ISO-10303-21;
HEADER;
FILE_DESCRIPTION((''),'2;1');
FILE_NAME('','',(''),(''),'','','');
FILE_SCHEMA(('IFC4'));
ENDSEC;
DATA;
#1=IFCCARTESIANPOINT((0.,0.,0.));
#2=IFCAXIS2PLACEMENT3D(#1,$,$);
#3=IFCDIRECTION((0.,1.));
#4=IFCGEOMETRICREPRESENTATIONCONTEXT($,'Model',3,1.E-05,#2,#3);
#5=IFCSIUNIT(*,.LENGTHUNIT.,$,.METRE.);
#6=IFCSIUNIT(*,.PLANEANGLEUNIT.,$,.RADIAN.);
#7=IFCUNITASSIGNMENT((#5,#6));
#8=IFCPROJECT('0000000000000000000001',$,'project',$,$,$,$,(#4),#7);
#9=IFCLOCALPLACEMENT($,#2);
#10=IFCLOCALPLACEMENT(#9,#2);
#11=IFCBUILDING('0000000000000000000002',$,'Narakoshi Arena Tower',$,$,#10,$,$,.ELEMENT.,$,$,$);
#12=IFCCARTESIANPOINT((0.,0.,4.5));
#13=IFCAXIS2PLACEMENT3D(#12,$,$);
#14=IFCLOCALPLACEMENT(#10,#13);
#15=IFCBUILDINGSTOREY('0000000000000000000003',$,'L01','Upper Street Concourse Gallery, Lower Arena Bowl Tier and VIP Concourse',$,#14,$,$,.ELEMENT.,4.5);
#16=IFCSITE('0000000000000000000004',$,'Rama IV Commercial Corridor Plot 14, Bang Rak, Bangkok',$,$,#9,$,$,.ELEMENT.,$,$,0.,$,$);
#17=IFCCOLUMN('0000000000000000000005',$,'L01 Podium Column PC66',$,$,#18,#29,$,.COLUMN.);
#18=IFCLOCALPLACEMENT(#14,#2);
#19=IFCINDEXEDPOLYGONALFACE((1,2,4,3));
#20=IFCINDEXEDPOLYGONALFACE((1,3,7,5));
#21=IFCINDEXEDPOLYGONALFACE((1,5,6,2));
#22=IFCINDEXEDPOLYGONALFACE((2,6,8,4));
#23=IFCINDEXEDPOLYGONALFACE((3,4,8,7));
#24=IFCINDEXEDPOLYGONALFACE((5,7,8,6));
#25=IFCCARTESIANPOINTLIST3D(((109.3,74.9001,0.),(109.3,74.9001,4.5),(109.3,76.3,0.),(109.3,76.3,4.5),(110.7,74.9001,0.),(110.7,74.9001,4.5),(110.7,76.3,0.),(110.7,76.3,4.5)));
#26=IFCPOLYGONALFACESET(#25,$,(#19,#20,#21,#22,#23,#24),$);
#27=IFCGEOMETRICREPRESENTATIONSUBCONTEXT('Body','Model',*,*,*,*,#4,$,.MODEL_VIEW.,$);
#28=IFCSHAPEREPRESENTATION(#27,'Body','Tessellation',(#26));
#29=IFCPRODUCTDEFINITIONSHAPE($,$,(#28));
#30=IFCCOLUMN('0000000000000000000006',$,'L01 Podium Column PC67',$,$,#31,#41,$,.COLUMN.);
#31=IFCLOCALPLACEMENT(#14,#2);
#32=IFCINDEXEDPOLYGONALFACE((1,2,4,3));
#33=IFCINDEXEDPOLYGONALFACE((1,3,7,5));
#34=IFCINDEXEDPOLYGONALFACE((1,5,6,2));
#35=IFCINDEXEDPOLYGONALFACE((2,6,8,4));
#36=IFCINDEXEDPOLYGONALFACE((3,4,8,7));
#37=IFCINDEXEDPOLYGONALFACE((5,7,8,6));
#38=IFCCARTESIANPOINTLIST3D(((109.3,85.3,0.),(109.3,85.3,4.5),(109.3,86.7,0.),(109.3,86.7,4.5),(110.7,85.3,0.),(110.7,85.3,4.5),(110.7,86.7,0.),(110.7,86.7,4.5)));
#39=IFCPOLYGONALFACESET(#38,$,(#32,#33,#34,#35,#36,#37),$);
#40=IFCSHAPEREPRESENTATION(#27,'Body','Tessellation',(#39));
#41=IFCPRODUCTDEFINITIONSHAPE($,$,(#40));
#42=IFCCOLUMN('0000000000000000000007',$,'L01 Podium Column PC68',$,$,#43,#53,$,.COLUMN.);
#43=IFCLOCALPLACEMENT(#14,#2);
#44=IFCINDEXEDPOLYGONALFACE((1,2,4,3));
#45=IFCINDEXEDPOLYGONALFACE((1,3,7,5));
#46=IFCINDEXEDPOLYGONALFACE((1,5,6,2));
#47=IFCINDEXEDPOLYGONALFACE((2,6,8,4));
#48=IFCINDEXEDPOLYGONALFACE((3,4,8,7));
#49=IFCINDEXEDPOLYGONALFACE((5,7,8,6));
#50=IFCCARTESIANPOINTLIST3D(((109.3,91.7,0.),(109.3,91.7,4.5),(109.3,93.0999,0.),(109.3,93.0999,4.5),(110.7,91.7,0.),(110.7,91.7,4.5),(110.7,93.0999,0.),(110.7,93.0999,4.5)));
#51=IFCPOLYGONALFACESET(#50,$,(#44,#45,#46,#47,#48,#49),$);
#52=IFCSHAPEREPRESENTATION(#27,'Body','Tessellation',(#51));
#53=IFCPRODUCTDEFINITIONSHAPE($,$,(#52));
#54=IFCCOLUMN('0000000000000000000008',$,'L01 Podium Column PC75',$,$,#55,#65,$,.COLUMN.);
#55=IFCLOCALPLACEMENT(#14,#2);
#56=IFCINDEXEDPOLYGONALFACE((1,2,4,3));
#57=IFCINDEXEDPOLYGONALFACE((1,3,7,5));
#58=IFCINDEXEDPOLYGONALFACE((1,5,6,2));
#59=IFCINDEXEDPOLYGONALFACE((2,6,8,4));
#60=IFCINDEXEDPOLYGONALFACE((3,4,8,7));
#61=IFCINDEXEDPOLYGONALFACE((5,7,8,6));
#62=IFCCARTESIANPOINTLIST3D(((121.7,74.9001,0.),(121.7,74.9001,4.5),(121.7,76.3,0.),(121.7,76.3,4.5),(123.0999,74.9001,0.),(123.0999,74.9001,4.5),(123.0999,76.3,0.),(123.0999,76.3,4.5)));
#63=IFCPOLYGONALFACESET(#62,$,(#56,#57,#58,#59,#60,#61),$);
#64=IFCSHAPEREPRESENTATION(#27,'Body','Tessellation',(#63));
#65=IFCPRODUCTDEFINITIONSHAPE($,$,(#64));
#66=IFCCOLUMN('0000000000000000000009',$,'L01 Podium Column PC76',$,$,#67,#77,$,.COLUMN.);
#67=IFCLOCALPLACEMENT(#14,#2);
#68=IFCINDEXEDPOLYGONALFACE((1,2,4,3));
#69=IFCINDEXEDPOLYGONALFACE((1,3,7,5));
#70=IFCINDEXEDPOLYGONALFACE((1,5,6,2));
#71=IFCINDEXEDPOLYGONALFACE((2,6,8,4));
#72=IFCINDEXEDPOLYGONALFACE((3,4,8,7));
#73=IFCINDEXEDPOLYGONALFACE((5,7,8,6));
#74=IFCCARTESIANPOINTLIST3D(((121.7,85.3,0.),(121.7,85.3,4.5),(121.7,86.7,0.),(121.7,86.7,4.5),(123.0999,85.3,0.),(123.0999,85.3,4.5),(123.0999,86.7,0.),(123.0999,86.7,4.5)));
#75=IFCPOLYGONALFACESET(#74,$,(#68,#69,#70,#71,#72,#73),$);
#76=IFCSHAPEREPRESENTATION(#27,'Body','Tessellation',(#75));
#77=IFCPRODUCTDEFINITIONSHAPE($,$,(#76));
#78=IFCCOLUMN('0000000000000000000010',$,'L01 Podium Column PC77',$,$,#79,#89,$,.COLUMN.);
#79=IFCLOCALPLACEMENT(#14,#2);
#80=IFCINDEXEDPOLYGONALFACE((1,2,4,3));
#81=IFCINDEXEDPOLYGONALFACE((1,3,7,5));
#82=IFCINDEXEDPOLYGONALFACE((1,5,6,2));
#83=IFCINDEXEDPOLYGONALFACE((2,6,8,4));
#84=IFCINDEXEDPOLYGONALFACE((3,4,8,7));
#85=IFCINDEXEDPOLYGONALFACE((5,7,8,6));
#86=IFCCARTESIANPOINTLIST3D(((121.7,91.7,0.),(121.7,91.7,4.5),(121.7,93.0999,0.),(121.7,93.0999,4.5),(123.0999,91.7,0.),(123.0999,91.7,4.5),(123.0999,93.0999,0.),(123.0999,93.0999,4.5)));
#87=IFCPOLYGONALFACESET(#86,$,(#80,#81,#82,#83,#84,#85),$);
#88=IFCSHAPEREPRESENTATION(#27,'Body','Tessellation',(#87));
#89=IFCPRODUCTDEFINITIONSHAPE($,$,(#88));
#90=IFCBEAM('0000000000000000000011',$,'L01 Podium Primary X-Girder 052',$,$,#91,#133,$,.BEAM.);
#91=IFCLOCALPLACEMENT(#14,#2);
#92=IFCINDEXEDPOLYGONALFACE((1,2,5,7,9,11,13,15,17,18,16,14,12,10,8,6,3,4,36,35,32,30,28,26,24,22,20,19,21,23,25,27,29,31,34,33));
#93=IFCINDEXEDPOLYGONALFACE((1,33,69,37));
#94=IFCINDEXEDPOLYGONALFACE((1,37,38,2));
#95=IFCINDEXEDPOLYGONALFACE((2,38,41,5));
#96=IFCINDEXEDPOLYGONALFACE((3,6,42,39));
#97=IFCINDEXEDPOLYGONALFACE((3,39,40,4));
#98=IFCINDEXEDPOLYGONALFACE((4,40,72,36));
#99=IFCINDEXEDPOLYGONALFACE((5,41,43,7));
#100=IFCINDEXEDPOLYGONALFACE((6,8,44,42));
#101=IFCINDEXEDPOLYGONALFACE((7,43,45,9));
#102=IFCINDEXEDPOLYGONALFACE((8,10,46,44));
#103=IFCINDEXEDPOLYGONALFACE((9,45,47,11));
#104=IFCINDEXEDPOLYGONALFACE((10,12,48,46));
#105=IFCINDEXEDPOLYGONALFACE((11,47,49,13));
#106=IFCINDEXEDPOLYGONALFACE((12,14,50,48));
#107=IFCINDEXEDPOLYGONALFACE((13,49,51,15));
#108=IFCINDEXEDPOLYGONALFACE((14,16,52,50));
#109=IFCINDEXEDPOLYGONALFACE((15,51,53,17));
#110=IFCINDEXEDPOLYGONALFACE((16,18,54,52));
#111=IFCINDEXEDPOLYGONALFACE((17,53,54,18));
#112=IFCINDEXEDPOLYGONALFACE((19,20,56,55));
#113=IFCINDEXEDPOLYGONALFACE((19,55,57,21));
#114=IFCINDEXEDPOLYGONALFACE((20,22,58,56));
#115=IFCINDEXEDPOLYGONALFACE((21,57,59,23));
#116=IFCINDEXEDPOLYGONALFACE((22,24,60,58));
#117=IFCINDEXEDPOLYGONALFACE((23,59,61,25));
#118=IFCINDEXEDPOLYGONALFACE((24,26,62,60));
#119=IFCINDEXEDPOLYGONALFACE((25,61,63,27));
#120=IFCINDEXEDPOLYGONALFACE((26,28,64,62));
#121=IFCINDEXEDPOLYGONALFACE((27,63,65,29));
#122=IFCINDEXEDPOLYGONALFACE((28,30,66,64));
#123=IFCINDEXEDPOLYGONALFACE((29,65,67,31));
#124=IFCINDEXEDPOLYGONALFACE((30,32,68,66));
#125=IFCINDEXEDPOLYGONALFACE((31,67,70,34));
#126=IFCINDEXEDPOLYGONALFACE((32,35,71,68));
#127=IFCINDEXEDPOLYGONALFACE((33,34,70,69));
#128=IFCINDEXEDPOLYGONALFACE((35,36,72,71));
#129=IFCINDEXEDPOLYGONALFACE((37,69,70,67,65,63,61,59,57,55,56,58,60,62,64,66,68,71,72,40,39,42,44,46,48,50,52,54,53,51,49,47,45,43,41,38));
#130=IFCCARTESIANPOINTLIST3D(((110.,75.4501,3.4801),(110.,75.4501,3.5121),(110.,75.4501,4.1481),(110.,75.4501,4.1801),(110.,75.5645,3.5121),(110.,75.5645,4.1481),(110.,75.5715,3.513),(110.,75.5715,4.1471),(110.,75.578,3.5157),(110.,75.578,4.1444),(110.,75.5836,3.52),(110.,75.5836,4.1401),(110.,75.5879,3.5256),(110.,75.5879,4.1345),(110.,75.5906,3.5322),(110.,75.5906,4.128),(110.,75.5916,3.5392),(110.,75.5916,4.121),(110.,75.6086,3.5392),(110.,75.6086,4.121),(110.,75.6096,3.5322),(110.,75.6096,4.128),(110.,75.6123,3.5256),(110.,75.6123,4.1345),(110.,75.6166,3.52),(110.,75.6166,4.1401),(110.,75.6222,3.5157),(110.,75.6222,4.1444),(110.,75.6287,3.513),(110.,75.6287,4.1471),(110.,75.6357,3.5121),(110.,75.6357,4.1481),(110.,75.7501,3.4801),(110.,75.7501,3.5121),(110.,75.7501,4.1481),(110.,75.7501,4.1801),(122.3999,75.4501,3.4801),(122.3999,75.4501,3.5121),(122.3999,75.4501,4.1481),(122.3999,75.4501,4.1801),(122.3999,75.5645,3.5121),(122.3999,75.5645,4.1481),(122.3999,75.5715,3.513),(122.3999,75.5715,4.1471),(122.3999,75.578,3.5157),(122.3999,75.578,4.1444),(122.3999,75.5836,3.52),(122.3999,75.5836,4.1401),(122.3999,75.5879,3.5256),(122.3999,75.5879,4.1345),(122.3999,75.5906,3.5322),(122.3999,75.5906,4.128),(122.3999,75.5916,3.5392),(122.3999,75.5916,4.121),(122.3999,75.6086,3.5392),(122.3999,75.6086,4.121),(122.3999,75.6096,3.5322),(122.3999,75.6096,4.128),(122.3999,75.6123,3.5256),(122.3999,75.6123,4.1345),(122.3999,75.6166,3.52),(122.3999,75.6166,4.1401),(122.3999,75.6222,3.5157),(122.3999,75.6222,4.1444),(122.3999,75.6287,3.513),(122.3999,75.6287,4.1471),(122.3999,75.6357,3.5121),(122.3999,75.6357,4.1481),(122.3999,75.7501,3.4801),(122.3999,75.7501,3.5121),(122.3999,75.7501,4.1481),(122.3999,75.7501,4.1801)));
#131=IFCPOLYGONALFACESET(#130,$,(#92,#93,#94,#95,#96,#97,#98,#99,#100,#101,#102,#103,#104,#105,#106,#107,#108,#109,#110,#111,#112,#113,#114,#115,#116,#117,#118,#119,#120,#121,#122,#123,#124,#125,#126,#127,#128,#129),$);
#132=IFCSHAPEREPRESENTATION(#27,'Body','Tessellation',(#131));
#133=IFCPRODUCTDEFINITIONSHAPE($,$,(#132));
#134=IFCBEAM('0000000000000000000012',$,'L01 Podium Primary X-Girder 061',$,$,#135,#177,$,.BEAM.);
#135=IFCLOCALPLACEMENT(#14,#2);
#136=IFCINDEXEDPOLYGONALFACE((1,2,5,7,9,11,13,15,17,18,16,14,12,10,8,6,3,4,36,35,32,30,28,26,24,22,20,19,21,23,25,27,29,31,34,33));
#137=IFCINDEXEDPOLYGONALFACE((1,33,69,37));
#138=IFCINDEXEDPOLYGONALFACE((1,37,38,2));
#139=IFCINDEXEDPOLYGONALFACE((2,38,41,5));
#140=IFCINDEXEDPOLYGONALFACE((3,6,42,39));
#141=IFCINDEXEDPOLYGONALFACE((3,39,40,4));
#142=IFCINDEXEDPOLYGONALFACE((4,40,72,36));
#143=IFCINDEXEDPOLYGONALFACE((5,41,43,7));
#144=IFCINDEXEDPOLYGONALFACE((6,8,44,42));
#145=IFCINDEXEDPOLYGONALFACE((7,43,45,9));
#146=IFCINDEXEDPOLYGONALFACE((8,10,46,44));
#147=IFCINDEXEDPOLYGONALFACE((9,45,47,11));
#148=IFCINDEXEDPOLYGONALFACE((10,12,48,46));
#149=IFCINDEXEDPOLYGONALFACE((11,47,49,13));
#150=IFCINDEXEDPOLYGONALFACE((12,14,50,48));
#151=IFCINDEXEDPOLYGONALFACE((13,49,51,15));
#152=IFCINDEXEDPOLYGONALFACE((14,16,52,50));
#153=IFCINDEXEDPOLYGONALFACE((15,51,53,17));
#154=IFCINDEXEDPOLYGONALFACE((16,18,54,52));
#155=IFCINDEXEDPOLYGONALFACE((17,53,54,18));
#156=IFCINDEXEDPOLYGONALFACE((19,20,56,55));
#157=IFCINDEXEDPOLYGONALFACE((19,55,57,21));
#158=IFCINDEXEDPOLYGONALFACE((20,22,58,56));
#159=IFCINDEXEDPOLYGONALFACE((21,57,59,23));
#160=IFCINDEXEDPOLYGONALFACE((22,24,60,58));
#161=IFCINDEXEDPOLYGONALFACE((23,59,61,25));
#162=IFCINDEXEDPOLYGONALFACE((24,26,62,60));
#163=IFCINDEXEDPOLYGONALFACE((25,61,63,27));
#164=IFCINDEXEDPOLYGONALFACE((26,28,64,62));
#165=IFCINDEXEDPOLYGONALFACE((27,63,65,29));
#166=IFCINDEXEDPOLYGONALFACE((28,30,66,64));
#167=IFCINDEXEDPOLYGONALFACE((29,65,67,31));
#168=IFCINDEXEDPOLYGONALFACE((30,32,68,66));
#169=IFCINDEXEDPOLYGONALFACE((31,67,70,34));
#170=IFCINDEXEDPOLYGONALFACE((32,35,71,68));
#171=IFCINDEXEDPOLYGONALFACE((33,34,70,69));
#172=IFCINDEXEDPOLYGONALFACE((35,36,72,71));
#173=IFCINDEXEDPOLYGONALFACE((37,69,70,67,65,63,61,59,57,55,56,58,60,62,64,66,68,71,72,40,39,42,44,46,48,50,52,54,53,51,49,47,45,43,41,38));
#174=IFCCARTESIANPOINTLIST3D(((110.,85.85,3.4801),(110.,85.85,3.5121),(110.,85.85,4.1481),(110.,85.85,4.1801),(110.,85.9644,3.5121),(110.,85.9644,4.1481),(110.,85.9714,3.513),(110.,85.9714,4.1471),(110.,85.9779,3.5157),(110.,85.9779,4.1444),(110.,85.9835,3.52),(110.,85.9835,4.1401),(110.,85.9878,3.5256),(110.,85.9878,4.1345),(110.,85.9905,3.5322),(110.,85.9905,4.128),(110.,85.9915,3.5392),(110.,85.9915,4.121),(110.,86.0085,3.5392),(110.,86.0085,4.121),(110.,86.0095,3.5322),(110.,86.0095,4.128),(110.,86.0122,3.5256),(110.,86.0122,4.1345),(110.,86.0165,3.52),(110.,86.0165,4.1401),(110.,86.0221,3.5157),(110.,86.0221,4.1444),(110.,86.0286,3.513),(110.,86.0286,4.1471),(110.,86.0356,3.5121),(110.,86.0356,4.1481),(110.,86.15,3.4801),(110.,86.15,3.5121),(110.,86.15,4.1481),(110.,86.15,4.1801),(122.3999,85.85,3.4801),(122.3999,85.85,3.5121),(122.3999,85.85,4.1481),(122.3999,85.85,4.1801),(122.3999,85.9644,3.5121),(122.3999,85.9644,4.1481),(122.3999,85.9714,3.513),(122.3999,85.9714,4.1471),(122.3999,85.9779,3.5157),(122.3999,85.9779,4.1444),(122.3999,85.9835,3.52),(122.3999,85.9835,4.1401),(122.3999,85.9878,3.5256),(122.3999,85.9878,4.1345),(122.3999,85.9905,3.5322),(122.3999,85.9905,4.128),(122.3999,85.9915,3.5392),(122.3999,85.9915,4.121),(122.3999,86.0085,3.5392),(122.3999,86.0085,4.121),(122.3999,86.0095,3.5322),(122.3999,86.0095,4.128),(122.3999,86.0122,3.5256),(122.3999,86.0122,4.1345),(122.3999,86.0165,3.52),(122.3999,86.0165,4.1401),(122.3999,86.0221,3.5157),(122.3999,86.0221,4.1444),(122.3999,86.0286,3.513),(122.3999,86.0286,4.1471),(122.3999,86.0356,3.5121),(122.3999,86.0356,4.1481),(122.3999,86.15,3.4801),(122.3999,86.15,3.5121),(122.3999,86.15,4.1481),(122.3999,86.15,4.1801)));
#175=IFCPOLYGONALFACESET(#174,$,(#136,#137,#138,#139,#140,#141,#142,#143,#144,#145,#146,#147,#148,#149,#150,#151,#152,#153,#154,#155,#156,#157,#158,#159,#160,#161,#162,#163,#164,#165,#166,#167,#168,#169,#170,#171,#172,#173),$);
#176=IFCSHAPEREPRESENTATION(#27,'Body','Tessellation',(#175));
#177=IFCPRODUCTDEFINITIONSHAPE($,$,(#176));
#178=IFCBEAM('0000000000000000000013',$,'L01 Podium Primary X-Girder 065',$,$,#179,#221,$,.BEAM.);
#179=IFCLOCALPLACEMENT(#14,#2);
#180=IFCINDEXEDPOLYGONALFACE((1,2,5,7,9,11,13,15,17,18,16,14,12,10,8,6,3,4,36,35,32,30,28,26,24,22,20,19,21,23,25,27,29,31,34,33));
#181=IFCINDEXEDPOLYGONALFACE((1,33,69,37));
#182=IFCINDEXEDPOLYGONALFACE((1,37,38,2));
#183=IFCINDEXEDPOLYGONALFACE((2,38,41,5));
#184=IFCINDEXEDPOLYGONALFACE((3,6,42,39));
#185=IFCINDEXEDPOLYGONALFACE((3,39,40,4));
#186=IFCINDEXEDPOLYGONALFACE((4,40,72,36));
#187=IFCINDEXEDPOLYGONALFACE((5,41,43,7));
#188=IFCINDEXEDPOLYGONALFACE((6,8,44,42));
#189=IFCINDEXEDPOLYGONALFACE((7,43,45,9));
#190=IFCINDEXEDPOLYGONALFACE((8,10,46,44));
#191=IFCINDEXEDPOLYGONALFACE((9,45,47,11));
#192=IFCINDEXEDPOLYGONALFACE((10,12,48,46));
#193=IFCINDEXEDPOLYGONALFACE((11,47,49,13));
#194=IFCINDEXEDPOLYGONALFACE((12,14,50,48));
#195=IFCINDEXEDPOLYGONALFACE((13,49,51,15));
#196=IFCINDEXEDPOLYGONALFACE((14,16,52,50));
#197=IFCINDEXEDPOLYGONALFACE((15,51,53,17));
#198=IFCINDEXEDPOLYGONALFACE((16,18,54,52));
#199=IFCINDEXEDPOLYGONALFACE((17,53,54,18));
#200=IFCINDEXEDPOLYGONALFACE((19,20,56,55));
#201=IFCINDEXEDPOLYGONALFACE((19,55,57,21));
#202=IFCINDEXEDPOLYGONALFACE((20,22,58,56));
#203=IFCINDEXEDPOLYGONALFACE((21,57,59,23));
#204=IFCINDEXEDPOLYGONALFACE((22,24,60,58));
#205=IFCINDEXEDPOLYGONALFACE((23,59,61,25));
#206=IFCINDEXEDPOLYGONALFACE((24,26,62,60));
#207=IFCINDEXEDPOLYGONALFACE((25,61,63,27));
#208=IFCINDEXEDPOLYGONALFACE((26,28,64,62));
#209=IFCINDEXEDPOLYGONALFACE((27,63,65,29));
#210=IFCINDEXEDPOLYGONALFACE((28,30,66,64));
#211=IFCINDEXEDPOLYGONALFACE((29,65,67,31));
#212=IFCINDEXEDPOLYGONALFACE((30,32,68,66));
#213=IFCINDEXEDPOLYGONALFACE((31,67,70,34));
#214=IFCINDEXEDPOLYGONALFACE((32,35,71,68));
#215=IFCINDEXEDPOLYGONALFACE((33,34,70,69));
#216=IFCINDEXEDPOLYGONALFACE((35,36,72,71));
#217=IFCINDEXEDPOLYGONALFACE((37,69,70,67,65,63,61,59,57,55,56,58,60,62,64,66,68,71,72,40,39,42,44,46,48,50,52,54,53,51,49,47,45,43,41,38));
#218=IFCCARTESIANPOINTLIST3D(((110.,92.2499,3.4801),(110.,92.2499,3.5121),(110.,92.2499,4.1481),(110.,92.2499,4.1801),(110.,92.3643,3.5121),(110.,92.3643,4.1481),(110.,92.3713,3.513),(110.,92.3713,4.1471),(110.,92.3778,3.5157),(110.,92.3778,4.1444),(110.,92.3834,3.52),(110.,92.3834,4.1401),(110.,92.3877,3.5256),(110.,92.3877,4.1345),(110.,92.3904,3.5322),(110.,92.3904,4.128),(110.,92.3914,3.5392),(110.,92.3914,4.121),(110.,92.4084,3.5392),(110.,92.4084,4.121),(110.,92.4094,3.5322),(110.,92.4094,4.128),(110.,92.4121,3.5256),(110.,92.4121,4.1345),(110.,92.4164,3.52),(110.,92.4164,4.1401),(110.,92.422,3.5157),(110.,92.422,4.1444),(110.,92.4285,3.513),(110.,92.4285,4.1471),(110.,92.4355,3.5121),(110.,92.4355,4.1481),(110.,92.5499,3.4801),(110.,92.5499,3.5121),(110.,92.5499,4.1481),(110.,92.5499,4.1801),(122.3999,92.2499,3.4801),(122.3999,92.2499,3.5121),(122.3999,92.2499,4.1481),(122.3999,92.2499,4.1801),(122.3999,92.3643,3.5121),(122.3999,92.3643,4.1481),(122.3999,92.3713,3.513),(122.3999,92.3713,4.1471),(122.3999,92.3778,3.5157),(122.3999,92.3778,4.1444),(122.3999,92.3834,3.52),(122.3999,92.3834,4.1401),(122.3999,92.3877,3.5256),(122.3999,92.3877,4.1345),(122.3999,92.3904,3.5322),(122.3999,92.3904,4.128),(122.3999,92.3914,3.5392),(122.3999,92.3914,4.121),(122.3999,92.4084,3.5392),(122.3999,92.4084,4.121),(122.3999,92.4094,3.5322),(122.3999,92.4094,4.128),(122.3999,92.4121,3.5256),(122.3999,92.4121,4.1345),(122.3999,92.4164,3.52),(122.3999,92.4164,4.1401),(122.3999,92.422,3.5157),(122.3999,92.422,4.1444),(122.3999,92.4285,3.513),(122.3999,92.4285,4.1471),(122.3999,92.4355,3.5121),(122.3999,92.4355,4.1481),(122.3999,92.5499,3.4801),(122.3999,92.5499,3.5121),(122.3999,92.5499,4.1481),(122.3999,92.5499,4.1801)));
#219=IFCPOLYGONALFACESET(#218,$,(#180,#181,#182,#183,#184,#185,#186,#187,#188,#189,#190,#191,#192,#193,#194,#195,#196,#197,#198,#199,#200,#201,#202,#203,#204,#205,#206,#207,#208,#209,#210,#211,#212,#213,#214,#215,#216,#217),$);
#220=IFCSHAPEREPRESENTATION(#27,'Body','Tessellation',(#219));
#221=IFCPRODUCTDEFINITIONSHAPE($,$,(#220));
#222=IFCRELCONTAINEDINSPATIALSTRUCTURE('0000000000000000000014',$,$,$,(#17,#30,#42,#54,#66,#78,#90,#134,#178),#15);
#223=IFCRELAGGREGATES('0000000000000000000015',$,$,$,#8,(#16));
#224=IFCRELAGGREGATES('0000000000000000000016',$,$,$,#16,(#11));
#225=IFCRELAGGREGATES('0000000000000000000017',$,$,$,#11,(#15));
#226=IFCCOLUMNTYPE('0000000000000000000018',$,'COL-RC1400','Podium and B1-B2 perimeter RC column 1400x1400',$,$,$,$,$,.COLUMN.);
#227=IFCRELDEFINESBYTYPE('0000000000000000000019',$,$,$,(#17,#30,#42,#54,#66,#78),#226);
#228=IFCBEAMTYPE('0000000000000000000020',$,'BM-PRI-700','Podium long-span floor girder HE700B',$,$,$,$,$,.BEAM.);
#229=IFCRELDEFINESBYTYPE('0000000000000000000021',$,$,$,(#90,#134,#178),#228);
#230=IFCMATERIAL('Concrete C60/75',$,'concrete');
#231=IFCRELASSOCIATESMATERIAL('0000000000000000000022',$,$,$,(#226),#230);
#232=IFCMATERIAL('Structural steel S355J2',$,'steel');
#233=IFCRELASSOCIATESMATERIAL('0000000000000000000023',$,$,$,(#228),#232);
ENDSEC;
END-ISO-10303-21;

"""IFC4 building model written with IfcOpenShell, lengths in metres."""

from ifc_helpers import new_model, si_unit, direction, frame, origin, origin_2d, place, context, subcontext, project, spatial, rectangle, i_section, extrude, material, material_profile, profile_set, type_object, element, save


model = new_model("IFC4")

# Units and contexts
model_context = context("Model", 3, precision=1e-05, world=origin(), true_north=direction((0.0, 1.0)))
body_context = subcontext(model_context, "Body", "Model", "MODEL_VIEW")
ifc_project = project(units=[si_unit("LENGTHUNIT", "METRE"), si_unit("PLANEANGLEUNIT", "RADIAN")], contexts=[model_context])

# Site, building, storey
site_placement = place(None, origin())
site = spatial("IfcSite", under=ifc_project, at=site_placement, Name="Rama IV Commercial Corridor Plot 14, Bang Rak, Bangkok", CompositionType="ELEMENT", RefElevation=0.0)
building_placement = place(site_placement, origin())
building = spatial("IfcBuilding", under=site, at=building_placement, Name="Narakoshi Arena Tower", CompositionType="ELEMENT")
storey_placement = place(building_placement, frame((0.0, 0.0, 4.5)))
storey = spatial("IfcBuildingStorey", under=building, at=storey_placement, Name="L01", Description="Upper Street Concourse Gallery, Lower Arena Bowl Tier and VIP Concourse", CompositionType="ELEMENT", Elevation=4.5)

# Columns
ifc_material_1 = material(Name="Concrete C60/75", Category="concrete")
ifc_material_profile_1 = material_profile(ifc_material_1, rectangle(XDim=1.3999, YDim=1.3999, at=origin_2d()), Name="RC1400x1400")
ifc_profile_set_1 = profile_set([ifc_material_profile_1], Name="Concrete C60/75")
column_type = type_object("IfcColumnType", Name="COL-RC1400", Description="Podium and B1-B2 perimeter RC column 1400x1400", PredefinedType="COLUMN", material=ifc_profile_set_1)
for number, where, z_axis, x_axis, name in (
    (1, (110.0, 75.6001, 0.0), (0.0, 0.0, 1.0), (1.0, 0.0, 0.0), "L01 Podium Column PC66"),
    (2, (110.0, 86.0, 0.0), (0.0, 0.0, 1.0), (1.0, 0.0, 0.0), "L01 Podium Column PC67"),
    (3, (110.0, 92.3999, 0.0), (0.0, 0.0, 1.0), (1.0, 0.0, 0.0), "L01 Podium Column PC68"),
    (4, (122.3999, 75.6001, 0.0), (0.0, 0.0, 1.0), (1.0, 0.0, 0.0), "L01 Podium Column PC75"),
    (5, (122.3999, 86.0, 0.0), (0.0, 0.0, 1.0), (1.0, 0.0, 0.0), "L01 Podium Column PC76"),
    (6, (122.3999, 92.3999, 0.0), (0.0, 0.0, 1.0), (1.0, 0.0, 0.0), "L01 Podium Column PC77"),
):
    element("IfcColumn", number, at=place(storey_placement, frame(where, z_axis=z_axis, x_axis=x_axis)), inside=storey, type_object=column_type, Name=name, PredefinedType="COLUMN", context=body_context, shape_type="SweptSolid", body=[
        extrude(rectangle(XDim=1.3999, YDim=1.3999, at=origin_2d()), origin(), (0.0, 0.0, 1.0), 4.5),
    ])

# Beams
ifc_material_2 = material(Name="Structural steel S355J2", Category="steel")
ifc_material_profile_2 = material_profile(ifc_material_2, i_section(OverallWidth=0.3, OverallDepth=0.7, WebThickness=0.0171, FlangeThickness=0.032, FilletRadius=0.0271, at=origin_2d()), Name="HE700B")
ifc_profile_set_2 = profile_set([ifc_material_profile_2], Name="Structural steel S355J2")
beam_type_1 = type_object("IfcBeamType", Name="BM-PRI-700", Description="Podium long-span floor girder HE700B", PredefinedType="BEAM", material=ifc_profile_set_2)
for number, where, z_axis, x_axis, name in (
    (7, (110.0, 75.6001, 3.8301), (1.0, 0.0, 0.0), (0.0, 1.0, 0.0), "L01 Podium Primary X-Girder 052"),
    (8, (110.0, 86.0, 3.8301), (1.0, 0.0, 0.0), (0.0, 1.0, 0.0), "L01 Podium Primary X-Girder 061"),
    (9, (110.0, 92.3999, 3.8301), (1.0, 0.0, 0.0), (0.0, 1.0, 0.0), "L01 Podium Primary X-Girder 065"),
):
    element("IfcBeam", number, at=place(storey_placement, frame(where, z_axis=z_axis, x_axis=x_axis)), inside=storey, type_object=beam_type_1, Name=name, PredefinedType="BEAM", context=body_context, shape_type="SweptSolid", body=[
        extrude(i_section(OverallWidth=0.3, OverallDepth=0.7, WebThickness=0.0171, FlangeThickness=0.032, FilletRadius=0.0271, at=origin_2d()), origin(), (0.0, 0.0, 1.0), 12.3999),
    ])

save(model, "model.ifc")
